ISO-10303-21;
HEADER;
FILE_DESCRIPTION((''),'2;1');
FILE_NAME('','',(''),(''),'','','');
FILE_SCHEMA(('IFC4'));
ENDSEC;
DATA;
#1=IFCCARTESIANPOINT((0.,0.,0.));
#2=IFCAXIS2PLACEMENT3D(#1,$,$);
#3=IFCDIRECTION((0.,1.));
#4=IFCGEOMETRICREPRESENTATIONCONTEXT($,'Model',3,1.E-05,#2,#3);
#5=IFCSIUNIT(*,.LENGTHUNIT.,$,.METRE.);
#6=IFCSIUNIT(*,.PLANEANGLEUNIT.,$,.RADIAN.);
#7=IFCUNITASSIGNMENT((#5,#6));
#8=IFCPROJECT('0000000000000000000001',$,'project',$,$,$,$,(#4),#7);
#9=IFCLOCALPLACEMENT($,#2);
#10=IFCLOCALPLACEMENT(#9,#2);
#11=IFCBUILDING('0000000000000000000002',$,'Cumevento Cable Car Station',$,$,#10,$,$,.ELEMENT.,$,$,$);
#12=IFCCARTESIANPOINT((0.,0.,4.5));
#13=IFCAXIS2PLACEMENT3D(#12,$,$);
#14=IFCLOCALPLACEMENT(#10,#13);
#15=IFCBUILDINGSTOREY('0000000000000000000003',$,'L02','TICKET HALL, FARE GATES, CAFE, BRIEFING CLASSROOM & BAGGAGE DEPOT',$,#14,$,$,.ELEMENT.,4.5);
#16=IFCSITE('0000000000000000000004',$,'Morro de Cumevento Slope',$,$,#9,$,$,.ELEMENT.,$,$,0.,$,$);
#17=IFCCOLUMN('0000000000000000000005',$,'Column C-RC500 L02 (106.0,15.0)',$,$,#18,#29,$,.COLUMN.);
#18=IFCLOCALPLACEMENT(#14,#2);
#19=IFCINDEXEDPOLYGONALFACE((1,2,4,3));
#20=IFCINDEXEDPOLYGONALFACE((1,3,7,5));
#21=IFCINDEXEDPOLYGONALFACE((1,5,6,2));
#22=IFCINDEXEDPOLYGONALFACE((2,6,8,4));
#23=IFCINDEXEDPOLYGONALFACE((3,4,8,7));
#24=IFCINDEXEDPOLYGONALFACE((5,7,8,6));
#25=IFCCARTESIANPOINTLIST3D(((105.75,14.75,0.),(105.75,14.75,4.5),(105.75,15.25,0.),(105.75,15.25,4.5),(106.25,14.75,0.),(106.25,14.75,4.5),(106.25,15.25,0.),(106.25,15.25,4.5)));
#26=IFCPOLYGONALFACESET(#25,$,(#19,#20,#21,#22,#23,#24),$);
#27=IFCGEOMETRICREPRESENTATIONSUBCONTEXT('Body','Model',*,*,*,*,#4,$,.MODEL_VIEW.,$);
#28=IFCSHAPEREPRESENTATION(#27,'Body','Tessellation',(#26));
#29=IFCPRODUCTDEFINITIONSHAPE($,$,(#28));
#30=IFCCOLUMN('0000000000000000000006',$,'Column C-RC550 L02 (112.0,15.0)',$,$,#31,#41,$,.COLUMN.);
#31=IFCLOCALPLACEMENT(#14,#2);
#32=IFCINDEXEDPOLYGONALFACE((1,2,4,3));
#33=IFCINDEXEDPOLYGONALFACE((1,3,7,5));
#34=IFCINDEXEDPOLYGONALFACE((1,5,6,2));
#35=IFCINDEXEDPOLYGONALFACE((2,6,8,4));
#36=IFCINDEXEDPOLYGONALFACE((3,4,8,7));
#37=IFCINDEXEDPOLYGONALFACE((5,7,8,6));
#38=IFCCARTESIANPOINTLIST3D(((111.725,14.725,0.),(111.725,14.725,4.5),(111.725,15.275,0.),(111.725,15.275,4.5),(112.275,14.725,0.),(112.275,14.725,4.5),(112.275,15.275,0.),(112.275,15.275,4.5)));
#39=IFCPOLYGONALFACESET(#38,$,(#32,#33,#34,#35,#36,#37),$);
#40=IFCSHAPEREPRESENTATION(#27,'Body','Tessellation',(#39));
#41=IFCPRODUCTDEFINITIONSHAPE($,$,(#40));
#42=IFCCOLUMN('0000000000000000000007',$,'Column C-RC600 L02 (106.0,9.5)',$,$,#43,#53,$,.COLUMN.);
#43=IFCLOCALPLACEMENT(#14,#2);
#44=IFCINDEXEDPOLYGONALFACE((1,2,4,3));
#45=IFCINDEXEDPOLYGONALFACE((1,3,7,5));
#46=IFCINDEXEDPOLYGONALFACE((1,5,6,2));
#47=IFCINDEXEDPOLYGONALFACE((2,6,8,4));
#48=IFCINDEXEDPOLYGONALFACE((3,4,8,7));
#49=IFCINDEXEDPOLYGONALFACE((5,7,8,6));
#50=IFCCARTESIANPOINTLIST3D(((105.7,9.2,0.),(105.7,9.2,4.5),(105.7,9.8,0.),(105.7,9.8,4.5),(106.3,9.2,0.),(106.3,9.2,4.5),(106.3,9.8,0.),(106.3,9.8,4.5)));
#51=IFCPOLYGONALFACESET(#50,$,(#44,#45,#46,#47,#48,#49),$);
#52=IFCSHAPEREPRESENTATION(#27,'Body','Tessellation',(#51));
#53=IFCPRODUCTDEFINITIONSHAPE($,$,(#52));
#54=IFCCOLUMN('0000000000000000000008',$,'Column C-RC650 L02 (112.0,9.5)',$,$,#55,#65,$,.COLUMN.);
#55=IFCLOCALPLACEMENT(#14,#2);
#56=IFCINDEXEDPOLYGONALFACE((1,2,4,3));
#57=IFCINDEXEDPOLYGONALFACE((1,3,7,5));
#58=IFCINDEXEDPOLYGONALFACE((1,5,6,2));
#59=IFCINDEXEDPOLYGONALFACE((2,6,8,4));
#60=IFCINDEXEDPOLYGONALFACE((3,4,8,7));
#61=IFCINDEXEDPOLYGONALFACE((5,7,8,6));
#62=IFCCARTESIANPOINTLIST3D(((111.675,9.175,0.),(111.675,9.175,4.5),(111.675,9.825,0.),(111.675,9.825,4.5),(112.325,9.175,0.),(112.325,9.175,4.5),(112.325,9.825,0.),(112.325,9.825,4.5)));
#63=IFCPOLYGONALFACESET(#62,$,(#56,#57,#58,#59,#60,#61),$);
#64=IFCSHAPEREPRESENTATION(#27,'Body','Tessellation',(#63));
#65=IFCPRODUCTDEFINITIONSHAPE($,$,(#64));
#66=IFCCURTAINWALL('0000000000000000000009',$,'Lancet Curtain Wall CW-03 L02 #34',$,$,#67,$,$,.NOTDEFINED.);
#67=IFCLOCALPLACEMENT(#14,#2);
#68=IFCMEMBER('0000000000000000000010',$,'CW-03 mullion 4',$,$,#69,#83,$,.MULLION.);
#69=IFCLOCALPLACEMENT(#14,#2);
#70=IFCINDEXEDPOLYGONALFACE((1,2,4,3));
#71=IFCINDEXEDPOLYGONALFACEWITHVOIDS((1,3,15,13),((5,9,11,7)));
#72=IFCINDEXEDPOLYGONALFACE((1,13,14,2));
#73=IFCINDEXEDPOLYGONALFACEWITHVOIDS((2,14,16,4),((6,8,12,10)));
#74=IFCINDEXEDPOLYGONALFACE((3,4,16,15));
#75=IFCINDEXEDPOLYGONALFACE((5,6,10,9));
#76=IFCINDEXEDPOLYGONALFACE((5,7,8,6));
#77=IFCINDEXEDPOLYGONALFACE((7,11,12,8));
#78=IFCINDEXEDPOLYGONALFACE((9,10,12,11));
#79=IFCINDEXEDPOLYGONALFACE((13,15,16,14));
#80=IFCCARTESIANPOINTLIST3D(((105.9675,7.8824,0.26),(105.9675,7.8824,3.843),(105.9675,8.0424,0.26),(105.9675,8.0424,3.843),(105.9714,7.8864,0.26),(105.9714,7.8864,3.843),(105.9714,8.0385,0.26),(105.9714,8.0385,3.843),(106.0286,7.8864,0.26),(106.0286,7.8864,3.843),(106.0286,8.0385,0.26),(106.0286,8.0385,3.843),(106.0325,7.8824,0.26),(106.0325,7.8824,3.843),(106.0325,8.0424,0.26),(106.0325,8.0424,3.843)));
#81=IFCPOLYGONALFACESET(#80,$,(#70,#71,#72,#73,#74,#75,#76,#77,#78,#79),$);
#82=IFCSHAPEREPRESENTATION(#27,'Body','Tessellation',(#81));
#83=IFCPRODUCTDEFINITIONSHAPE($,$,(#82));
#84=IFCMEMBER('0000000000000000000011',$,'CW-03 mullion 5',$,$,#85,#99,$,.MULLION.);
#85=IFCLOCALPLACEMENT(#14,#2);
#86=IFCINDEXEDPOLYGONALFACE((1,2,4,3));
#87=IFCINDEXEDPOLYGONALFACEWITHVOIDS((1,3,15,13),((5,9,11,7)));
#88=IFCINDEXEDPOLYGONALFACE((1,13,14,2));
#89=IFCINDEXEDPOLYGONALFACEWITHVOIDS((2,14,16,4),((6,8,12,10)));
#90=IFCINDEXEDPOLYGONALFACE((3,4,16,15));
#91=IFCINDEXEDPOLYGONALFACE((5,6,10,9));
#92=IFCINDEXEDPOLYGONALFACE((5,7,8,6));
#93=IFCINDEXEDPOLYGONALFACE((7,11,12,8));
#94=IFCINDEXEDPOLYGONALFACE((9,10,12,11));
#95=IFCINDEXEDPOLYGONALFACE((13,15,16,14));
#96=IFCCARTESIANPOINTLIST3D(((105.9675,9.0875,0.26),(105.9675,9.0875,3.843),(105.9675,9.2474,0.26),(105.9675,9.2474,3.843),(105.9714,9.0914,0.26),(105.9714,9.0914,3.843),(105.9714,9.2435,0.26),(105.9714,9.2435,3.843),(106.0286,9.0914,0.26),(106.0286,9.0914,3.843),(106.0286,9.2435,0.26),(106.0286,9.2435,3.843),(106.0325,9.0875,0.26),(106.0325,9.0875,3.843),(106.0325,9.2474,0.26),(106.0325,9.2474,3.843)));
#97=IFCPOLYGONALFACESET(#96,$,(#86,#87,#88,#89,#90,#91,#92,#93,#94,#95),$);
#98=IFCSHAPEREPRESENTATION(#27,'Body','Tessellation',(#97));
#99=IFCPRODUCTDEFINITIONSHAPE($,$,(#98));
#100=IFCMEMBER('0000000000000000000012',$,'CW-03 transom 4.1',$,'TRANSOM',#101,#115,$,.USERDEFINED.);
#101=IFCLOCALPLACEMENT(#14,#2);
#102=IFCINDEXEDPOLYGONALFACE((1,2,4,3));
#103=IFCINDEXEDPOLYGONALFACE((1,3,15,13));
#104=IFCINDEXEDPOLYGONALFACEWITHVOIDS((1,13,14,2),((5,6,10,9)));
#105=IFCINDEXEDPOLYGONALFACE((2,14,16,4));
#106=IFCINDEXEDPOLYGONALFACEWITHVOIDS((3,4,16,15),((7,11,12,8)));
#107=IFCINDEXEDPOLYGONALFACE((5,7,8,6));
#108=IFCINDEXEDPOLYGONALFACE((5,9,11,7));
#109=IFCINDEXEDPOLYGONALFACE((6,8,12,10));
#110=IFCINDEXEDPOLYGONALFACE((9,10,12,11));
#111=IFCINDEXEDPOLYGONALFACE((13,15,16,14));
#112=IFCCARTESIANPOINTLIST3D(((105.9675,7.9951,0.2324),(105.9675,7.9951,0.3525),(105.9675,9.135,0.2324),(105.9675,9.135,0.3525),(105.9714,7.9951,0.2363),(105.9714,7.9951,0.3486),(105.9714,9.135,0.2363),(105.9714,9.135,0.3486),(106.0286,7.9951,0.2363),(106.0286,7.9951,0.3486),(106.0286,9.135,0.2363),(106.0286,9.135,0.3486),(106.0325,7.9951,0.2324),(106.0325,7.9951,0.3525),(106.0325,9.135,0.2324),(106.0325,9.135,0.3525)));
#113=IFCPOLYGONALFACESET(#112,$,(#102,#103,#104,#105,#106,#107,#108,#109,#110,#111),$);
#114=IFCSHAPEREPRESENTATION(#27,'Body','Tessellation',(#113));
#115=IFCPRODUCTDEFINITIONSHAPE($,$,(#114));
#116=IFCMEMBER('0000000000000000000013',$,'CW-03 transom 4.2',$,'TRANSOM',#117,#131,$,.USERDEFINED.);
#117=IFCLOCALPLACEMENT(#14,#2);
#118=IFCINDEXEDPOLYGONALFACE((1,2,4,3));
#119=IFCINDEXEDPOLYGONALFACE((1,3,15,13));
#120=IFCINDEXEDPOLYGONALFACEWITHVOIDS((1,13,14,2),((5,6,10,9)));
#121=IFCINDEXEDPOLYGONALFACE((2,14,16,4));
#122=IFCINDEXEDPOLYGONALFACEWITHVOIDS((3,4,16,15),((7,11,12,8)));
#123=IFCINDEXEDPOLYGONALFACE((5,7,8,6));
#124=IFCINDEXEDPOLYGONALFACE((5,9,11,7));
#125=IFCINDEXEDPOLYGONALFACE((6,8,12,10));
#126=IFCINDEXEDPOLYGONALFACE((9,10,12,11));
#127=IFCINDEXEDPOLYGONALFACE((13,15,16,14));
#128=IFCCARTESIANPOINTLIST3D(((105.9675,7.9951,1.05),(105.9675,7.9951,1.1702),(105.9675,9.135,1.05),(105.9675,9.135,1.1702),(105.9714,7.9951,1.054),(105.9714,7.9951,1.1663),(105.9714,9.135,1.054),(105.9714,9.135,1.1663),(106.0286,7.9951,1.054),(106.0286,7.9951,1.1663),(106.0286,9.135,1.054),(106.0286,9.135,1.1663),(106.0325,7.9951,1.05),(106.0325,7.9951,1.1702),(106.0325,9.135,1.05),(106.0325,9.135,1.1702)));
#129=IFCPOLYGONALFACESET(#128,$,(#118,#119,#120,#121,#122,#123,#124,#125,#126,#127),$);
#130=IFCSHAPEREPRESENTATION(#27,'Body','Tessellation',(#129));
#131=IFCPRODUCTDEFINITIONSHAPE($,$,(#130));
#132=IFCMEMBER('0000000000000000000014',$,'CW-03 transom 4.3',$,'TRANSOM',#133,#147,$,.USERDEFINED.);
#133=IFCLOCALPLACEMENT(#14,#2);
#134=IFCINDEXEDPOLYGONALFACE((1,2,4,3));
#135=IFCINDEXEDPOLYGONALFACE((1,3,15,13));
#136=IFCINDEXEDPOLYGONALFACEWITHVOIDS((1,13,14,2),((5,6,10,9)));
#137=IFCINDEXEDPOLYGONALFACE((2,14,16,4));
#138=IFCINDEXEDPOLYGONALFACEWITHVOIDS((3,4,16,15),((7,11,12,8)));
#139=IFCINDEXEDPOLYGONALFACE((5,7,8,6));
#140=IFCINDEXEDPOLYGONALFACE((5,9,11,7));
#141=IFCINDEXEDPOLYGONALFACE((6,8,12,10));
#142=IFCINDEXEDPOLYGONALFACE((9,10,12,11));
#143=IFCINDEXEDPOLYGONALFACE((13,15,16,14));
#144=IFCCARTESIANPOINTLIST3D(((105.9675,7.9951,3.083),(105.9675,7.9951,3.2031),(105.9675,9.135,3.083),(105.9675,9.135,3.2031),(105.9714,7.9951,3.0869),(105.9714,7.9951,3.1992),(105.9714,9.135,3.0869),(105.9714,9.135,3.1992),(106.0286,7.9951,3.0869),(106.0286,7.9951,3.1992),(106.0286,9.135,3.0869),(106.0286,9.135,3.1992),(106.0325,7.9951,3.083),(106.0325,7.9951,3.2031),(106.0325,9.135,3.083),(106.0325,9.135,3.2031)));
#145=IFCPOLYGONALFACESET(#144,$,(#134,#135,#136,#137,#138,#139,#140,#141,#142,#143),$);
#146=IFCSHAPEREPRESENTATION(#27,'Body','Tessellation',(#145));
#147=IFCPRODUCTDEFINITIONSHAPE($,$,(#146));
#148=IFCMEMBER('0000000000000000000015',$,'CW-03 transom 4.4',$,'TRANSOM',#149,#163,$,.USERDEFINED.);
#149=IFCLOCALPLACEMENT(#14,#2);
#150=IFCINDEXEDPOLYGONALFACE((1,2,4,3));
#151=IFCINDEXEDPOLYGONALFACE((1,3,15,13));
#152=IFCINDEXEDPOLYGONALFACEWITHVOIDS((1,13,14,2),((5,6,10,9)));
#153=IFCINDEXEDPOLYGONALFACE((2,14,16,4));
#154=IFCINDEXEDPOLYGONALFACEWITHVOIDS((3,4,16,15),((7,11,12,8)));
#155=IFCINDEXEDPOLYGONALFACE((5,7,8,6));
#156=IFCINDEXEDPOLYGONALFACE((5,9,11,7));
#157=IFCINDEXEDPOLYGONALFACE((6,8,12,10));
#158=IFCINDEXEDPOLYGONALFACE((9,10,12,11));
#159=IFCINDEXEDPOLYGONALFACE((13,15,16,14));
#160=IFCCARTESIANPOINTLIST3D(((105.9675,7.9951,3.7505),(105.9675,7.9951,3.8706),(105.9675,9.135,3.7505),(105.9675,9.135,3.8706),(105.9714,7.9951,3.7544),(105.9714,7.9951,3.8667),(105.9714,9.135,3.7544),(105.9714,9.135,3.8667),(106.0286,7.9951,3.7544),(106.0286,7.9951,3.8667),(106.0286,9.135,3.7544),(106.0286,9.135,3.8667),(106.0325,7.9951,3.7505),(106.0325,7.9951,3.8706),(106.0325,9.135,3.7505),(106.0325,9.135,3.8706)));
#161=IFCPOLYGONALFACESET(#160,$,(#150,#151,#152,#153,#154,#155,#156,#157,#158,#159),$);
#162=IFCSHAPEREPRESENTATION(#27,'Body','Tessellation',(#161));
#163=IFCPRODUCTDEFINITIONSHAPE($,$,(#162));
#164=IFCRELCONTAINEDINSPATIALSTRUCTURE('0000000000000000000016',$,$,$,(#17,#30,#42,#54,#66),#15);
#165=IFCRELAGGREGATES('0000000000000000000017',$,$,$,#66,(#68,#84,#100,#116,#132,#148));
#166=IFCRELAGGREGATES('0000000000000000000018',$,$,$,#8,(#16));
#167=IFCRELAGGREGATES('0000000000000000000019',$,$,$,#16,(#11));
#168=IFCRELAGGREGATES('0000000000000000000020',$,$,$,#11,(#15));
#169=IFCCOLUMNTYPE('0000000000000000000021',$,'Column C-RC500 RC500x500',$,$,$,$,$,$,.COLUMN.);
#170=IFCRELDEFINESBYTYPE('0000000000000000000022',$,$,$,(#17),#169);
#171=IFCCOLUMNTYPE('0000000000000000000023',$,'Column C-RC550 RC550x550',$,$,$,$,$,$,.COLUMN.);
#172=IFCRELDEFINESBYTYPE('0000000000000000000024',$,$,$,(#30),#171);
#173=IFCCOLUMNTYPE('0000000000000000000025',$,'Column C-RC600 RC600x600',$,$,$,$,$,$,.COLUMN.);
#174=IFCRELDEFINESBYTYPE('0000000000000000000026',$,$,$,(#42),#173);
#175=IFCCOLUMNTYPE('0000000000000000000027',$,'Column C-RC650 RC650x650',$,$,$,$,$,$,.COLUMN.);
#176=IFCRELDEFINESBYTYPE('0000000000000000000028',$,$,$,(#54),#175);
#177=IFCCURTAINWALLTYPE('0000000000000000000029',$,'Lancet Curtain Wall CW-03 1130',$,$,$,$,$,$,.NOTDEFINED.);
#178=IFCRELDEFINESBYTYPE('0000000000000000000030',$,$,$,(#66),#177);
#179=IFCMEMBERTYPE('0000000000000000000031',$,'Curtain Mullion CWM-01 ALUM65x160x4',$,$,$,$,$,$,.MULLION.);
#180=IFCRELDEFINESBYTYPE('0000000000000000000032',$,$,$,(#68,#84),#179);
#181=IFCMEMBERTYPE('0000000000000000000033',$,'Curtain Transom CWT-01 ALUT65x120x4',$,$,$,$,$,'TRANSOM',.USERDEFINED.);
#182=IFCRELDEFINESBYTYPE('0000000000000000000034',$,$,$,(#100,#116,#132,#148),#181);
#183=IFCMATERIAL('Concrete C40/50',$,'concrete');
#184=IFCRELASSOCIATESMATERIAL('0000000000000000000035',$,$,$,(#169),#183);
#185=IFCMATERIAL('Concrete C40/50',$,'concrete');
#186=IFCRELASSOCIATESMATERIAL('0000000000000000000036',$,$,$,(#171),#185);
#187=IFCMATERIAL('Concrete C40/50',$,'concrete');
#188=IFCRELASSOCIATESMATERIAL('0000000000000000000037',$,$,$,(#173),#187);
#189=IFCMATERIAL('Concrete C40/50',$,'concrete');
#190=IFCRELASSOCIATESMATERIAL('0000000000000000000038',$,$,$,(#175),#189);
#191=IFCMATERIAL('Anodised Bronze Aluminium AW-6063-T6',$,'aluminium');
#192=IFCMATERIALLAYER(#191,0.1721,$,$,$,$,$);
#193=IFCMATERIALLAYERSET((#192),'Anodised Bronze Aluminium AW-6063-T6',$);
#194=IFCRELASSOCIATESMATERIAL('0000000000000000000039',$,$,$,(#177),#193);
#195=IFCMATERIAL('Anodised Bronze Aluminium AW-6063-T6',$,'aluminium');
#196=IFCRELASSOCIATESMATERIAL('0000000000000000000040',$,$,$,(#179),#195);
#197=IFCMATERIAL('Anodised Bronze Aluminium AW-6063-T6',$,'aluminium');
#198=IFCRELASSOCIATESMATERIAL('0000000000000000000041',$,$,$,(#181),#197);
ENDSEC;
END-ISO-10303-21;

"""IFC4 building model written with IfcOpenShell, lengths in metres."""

from ifc_helpers import new_model, si_unit, direction, frame, origin, origin_2d, place, context, subcontext, project, spatial, rectangle, hollow_rectangle, extrude, material, layer, layer_set, material_profile, profile_set, type_object, element, aggregate, save


model = new_model("IFC4")

# Units and contexts
model_context = context("Model", 3, precision=1e-05, world=origin(), true_north=direction((0.0, 1.0)))
body_context = subcontext(model_context, "Body", "Model", "MODEL_VIEW")
ifc_project = project(units=[si_unit("LENGTHUNIT", "METRE"), si_unit("PLANEANGLEUNIT", "RADIAN")], contexts=[model_context])

# Site, building, storey
site_placement = place(None, origin())
site = spatial("IfcSite", under=ifc_project, at=site_placement, Name="Morro de Cumevento Slope", CompositionType="ELEMENT", RefElevation=0.0)
building_placement = place(site_placement, origin())
building = spatial("IfcBuilding", under=site, at=building_placement, Name="Cumevento Cable Car Station", CompositionType="ELEMENT")
storey_placement = place(building_placement, frame((0.0, 0.0, 4.5)))
storey = spatial("IfcBuildingStorey", under=building, at=storey_placement, Name="L02", Description="TICKET HALL, FARE GATES, CAFE, BRIEFING CLASSROOM & BAGGAGE DEPOT", CompositionType="ELEMENT", Elevation=4.5)

# Columns
ifc_material_1 = material(Name="Concrete C40/50", Category="concrete")
ifc_material_profile_1 = material_profile(ifc_material_1, rectangle(XDim=0.5, YDim=0.5, at=origin_2d()), Name="RC500x500")
ifc_profile_set_1 = profile_set([ifc_material_profile_1], Name="Concrete C40/50")
column_type_1 = type_object("IfcColumnType", Name="Column C-RC500 RC500x500", PredefinedType="COLUMN", material=ifc_profile_set_1)
column_1_placement = place(storey_placement, frame((106.0, 15.0, 0.0), z_axis=(0.0, 0.0, 1.0), x_axis=(1.0, 0.0, 0.0)))
element("IfcColumn", 1, at=column_1_placement, inside=storey, type_object=column_type_1, Name="Column C-RC500 L02 (106.0,15.0)", PredefinedType="COLUMN", context=body_context, shape_type="SweptSolid", body=[
    extrude(rectangle(XDim=0.5, YDim=0.5, at=origin_2d()), origin(), (0.0, 0.0, 1.0), 4.5),
])
ifc_material_2 = material(Name="Concrete C40/50", Category="concrete")
ifc_material_profile_2 = material_profile(ifc_material_2, rectangle(XDim=0.55, YDim=0.55, at=origin_2d()), Name="RC550x550")
ifc_profile_set_2 = profile_set([ifc_material_profile_2], Name="Concrete C40/50")
column_type_2 = type_object("IfcColumnType", Name="Column C-RC550 RC550x550", PredefinedType="COLUMN", material=ifc_profile_set_2)
column_2_placement = place(storey_placement, frame((112.0, 15.0, 0.0), z_axis=(0.0, 0.0, 1.0), x_axis=(1.0, 0.0, 0.0)))
element("IfcColumn", 2, at=column_2_placement, inside=storey, type_object=column_type_2, Name="Column C-RC550 L02 (112.0,15.0)", PredefinedType="COLUMN", context=body_context, shape_type="SweptSolid", body=[
    extrude(rectangle(XDim=0.55, YDim=0.55, at=origin_2d()), origin(), (0.0, 0.0, 1.0), 4.5),
])
ifc_material_3 = material(Name="Concrete C40/50", Category="concrete")
ifc_material_profile_3 = material_profile(ifc_material_3, rectangle(XDim=0.6001, YDim=0.6001, at=origin_2d()), Name="RC600x600")
ifc_profile_set_3 = profile_set([ifc_material_profile_3], Name="Concrete C40/50")
column_type_3 = type_object("IfcColumnType", Name="Column C-RC600 RC600x600", PredefinedType="COLUMN", material=ifc_profile_set_3)
column_3_placement = place(storey_placement, frame((106.0, 9.5, 0.0), z_axis=(0.0, 0.0, 1.0), x_axis=(1.0, 0.0, 0.0)))
element("IfcColumn", 3, at=column_3_placement, inside=storey, type_object=column_type_3, Name="Column C-RC600 L02 (106.0,9.5)", PredefinedType="COLUMN", context=body_context, shape_type="SweptSolid", body=[
    extrude(rectangle(XDim=0.6001, YDim=0.6001, at=origin_2d()), origin(), (0.0, 0.0, 1.0), 4.5),
])
ifc_material_4 = material(Name="Concrete C40/50", Category="concrete")
ifc_material_profile_4 = material_profile(ifc_material_4, rectangle(XDim=0.6499, YDim=0.6499, at=origin_2d()), Name="RC650x650")
ifc_profile_set_4 = profile_set([ifc_material_profile_4], Name="Concrete C40/50")
column_type_4 = type_object("IfcColumnType", Name="Column C-RC650 RC650x650", PredefinedType="COLUMN", material=ifc_profile_set_4)
column_4_placement = place(storey_placement, frame((112.0, 9.5, 0.0), z_axis=(0.0, 0.0, 1.0), x_axis=(1.0, 0.0, 0.0)))
element("IfcColumn", 4, at=column_4_placement, inside=storey, type_object=column_type_4, Name="Column C-RC650 L02 (112.0,9.5)", PredefinedType="COLUMN", context=body_context, shape_type="SweptSolid", body=[
    extrude(rectangle(XDim=0.6499, YDim=0.6499, at=origin_2d()), origin(), (0.0, 0.0, 1.0), 4.5),
])

# Curtain wall, members
ifc_material_5 = material(Name="Anodised Bronze Aluminium AW-6063-T6", Category="aluminium")
ifc_layer_1 = layer(ifc_material_5, 0.1721)
ifc_layer_set_1 = layer_set([ifc_layer_1], Name="Anodised Bronze Aluminium AW-6063-T6")
curtain_wall_type = type_object("IfcCurtainWallType", Name="Lancet Curtain Wall CW-03 1130", PredefinedType="NOTDEFINED", material=ifc_layer_set_1)
curtain_wall_placement = place(storey_placement, origin())
curtain_wall = element("IfcCurtainWall", 5, at=curtain_wall_placement, inside=storey, type_object=curtain_wall_type, Name="Lancet Curtain Wall CW-03 L02 #34", PredefinedType="NOTDEFINED")
ifc_material_6 = material(Name="Anodised Bronze Aluminium AW-6063-T6", Category="aluminium")
ifc_material_profile_5 = material_profile(ifc_material_6, hollow_rectangle(XDim=0.0649, YDim=0.1599, WallThickness=0.0039, at=origin_2d()), Name="ALUM65x160x4")
ifc_profile_set_5 = profile_set([ifc_material_profile_5], Name="Anodised Bronze Aluminium AW-6063-T6")
member_type_1 = type_object("IfcMemberType", Name="Curtain Mullion CWM-01 ALUM65x160x4", PredefinedType="MULLION", material=ifc_profile_set_5)
member_1_placement = place(storey_placement, frame((106.0, 7.9624, 0.26), z_axis=(0.0, 0.0, 1.0), x_axis=(-1.0, 0.0, 0.0)))
member_1 = element("IfcMember", 6, at=member_1_placement, type_object=member_type_1, Name="CW-03 mullion 4", PredefinedType="MULLION", context=body_context, shape_type="SweptSolid", body=[
    extrude(hollow_rectangle(XDim=0.0649, YDim=0.1599, WallThickness=0.0039, at=origin_2d()), origin(), (0.0, 0.0, 1.0), 3.583),
])
member_2_placement = place(storey_placement, frame((106.0, 9.1675, 0.26), z_axis=(0.0, 0.0, 1.0), x_axis=(-1.0, 0.0, 0.0)))
member_2 = element("IfcMember", 7, at=member_2_placement, type_object=member_type_1, Name="CW-03 mullion 5", PredefinedType="MULLION", context=body_context, shape_type="SweptSolid", body=[
    extrude(hollow_rectangle(XDim=0.0649, YDim=0.1599, WallThickness=0.0039, at=origin_2d()), origin(), (0.0, 0.0, 1.0), 3.583),
])
ifc_material_7 = material(Name="Anodised Bronze Aluminium AW-6063-T6", Category="aluminium")
ifc_material_profile_6 = material_profile(ifc_material_7, hollow_rectangle(XDim=0.0649, YDim=0.1201, WallThickness=0.0039, at=origin_2d()), Name="ALUT65x120x4")
ifc_profile_set_6 = profile_set([ifc_material_profile_6], Name="Anodised Bronze Aluminium AW-6063-T6")
member_type_2 = type_object("IfcMemberType", Name="Curtain Transom CWT-01 ALUT65x120x4", ElementType="TRANSOM", PredefinedType="USERDEFINED", material=ifc_profile_set_6)
member_3_placement = place(storey_placement, frame((106.0, 7.9951, 0.2925), z_axis=(0.0, 1.0, 0.0), x_axis=(-1.0, 0.0, 0.0)))
member_3 = element("IfcMember", 8, at=member_3_placement, type_object=member_type_2, Name="CW-03 transom 4.1", ObjectType="TRANSOM", PredefinedType="USERDEFINED", context=body_context, shape_type="SweptSolid", body=[
    extrude(hollow_rectangle(XDim=0.0649, YDim=0.1201, WallThickness=0.0039, at=origin_2d()), origin(), (0.0, 0.0, 1.0), 1.1399),
])
member_4_placement = place(storey_placement, frame((106.0, 7.9951, 1.1101), z_axis=(0.0, 1.0, 0.0), x_axis=(-1.0, 0.0, 0.0)))
member_4 = element("IfcMember", 9, at=member_4_placement, type_object=member_type_2, Name="CW-03 transom 4.2", ObjectType="TRANSOM", PredefinedType="USERDEFINED", context=body_context, shape_type="SweptSolid", body=[
    extrude(hollow_rectangle(XDim=0.0649, YDim=0.1201, WallThickness=0.0039, at=origin_2d()), origin(), (0.0, 0.0, 1.0), 1.1399),
])
member_5_placement = place(storey_placement, frame((106.0, 7.9951, 3.1431), z_axis=(0.0, 1.0, 0.0), x_axis=(-1.0, 0.0, 0.0)))
member_5 = element("IfcMember", 10, at=member_5_placement, type_object=member_type_2, Name="CW-03 transom 4.3", ObjectType="TRANSOM", PredefinedType="USERDEFINED", context=body_context, shape_type="SweptSolid", body=[
    extrude(hollow_rectangle(XDim=0.0649, YDim=0.1201, WallThickness=0.0039, at=origin_2d()), origin(), (0.0, 0.0, 1.0), 1.1399),
])
member_6_placement = place(storey_placement, frame((106.0, 7.9951, 3.8105), z_axis=(0.0, 1.0, 0.0), x_axis=(-1.0, 0.0, 0.0)))
member_6 = element("IfcMember", 11, at=member_6_placement, type_object=member_type_2, Name="CW-03 transom 4.4", ObjectType="TRANSOM", PredefinedType="USERDEFINED", context=body_context, shape_type="SweptSolid", body=[
    extrude(hollow_rectangle(XDim=0.0649, YDim=0.1201, WallThickness=0.0039, at=origin_2d()), origin(), (0.0, 0.0, 1.0), 1.1399),
])

aggregate(curtain_wall, [member_1, member_2, member_3, member_4, member_5, member_6])

save(model, "model.ifc")
